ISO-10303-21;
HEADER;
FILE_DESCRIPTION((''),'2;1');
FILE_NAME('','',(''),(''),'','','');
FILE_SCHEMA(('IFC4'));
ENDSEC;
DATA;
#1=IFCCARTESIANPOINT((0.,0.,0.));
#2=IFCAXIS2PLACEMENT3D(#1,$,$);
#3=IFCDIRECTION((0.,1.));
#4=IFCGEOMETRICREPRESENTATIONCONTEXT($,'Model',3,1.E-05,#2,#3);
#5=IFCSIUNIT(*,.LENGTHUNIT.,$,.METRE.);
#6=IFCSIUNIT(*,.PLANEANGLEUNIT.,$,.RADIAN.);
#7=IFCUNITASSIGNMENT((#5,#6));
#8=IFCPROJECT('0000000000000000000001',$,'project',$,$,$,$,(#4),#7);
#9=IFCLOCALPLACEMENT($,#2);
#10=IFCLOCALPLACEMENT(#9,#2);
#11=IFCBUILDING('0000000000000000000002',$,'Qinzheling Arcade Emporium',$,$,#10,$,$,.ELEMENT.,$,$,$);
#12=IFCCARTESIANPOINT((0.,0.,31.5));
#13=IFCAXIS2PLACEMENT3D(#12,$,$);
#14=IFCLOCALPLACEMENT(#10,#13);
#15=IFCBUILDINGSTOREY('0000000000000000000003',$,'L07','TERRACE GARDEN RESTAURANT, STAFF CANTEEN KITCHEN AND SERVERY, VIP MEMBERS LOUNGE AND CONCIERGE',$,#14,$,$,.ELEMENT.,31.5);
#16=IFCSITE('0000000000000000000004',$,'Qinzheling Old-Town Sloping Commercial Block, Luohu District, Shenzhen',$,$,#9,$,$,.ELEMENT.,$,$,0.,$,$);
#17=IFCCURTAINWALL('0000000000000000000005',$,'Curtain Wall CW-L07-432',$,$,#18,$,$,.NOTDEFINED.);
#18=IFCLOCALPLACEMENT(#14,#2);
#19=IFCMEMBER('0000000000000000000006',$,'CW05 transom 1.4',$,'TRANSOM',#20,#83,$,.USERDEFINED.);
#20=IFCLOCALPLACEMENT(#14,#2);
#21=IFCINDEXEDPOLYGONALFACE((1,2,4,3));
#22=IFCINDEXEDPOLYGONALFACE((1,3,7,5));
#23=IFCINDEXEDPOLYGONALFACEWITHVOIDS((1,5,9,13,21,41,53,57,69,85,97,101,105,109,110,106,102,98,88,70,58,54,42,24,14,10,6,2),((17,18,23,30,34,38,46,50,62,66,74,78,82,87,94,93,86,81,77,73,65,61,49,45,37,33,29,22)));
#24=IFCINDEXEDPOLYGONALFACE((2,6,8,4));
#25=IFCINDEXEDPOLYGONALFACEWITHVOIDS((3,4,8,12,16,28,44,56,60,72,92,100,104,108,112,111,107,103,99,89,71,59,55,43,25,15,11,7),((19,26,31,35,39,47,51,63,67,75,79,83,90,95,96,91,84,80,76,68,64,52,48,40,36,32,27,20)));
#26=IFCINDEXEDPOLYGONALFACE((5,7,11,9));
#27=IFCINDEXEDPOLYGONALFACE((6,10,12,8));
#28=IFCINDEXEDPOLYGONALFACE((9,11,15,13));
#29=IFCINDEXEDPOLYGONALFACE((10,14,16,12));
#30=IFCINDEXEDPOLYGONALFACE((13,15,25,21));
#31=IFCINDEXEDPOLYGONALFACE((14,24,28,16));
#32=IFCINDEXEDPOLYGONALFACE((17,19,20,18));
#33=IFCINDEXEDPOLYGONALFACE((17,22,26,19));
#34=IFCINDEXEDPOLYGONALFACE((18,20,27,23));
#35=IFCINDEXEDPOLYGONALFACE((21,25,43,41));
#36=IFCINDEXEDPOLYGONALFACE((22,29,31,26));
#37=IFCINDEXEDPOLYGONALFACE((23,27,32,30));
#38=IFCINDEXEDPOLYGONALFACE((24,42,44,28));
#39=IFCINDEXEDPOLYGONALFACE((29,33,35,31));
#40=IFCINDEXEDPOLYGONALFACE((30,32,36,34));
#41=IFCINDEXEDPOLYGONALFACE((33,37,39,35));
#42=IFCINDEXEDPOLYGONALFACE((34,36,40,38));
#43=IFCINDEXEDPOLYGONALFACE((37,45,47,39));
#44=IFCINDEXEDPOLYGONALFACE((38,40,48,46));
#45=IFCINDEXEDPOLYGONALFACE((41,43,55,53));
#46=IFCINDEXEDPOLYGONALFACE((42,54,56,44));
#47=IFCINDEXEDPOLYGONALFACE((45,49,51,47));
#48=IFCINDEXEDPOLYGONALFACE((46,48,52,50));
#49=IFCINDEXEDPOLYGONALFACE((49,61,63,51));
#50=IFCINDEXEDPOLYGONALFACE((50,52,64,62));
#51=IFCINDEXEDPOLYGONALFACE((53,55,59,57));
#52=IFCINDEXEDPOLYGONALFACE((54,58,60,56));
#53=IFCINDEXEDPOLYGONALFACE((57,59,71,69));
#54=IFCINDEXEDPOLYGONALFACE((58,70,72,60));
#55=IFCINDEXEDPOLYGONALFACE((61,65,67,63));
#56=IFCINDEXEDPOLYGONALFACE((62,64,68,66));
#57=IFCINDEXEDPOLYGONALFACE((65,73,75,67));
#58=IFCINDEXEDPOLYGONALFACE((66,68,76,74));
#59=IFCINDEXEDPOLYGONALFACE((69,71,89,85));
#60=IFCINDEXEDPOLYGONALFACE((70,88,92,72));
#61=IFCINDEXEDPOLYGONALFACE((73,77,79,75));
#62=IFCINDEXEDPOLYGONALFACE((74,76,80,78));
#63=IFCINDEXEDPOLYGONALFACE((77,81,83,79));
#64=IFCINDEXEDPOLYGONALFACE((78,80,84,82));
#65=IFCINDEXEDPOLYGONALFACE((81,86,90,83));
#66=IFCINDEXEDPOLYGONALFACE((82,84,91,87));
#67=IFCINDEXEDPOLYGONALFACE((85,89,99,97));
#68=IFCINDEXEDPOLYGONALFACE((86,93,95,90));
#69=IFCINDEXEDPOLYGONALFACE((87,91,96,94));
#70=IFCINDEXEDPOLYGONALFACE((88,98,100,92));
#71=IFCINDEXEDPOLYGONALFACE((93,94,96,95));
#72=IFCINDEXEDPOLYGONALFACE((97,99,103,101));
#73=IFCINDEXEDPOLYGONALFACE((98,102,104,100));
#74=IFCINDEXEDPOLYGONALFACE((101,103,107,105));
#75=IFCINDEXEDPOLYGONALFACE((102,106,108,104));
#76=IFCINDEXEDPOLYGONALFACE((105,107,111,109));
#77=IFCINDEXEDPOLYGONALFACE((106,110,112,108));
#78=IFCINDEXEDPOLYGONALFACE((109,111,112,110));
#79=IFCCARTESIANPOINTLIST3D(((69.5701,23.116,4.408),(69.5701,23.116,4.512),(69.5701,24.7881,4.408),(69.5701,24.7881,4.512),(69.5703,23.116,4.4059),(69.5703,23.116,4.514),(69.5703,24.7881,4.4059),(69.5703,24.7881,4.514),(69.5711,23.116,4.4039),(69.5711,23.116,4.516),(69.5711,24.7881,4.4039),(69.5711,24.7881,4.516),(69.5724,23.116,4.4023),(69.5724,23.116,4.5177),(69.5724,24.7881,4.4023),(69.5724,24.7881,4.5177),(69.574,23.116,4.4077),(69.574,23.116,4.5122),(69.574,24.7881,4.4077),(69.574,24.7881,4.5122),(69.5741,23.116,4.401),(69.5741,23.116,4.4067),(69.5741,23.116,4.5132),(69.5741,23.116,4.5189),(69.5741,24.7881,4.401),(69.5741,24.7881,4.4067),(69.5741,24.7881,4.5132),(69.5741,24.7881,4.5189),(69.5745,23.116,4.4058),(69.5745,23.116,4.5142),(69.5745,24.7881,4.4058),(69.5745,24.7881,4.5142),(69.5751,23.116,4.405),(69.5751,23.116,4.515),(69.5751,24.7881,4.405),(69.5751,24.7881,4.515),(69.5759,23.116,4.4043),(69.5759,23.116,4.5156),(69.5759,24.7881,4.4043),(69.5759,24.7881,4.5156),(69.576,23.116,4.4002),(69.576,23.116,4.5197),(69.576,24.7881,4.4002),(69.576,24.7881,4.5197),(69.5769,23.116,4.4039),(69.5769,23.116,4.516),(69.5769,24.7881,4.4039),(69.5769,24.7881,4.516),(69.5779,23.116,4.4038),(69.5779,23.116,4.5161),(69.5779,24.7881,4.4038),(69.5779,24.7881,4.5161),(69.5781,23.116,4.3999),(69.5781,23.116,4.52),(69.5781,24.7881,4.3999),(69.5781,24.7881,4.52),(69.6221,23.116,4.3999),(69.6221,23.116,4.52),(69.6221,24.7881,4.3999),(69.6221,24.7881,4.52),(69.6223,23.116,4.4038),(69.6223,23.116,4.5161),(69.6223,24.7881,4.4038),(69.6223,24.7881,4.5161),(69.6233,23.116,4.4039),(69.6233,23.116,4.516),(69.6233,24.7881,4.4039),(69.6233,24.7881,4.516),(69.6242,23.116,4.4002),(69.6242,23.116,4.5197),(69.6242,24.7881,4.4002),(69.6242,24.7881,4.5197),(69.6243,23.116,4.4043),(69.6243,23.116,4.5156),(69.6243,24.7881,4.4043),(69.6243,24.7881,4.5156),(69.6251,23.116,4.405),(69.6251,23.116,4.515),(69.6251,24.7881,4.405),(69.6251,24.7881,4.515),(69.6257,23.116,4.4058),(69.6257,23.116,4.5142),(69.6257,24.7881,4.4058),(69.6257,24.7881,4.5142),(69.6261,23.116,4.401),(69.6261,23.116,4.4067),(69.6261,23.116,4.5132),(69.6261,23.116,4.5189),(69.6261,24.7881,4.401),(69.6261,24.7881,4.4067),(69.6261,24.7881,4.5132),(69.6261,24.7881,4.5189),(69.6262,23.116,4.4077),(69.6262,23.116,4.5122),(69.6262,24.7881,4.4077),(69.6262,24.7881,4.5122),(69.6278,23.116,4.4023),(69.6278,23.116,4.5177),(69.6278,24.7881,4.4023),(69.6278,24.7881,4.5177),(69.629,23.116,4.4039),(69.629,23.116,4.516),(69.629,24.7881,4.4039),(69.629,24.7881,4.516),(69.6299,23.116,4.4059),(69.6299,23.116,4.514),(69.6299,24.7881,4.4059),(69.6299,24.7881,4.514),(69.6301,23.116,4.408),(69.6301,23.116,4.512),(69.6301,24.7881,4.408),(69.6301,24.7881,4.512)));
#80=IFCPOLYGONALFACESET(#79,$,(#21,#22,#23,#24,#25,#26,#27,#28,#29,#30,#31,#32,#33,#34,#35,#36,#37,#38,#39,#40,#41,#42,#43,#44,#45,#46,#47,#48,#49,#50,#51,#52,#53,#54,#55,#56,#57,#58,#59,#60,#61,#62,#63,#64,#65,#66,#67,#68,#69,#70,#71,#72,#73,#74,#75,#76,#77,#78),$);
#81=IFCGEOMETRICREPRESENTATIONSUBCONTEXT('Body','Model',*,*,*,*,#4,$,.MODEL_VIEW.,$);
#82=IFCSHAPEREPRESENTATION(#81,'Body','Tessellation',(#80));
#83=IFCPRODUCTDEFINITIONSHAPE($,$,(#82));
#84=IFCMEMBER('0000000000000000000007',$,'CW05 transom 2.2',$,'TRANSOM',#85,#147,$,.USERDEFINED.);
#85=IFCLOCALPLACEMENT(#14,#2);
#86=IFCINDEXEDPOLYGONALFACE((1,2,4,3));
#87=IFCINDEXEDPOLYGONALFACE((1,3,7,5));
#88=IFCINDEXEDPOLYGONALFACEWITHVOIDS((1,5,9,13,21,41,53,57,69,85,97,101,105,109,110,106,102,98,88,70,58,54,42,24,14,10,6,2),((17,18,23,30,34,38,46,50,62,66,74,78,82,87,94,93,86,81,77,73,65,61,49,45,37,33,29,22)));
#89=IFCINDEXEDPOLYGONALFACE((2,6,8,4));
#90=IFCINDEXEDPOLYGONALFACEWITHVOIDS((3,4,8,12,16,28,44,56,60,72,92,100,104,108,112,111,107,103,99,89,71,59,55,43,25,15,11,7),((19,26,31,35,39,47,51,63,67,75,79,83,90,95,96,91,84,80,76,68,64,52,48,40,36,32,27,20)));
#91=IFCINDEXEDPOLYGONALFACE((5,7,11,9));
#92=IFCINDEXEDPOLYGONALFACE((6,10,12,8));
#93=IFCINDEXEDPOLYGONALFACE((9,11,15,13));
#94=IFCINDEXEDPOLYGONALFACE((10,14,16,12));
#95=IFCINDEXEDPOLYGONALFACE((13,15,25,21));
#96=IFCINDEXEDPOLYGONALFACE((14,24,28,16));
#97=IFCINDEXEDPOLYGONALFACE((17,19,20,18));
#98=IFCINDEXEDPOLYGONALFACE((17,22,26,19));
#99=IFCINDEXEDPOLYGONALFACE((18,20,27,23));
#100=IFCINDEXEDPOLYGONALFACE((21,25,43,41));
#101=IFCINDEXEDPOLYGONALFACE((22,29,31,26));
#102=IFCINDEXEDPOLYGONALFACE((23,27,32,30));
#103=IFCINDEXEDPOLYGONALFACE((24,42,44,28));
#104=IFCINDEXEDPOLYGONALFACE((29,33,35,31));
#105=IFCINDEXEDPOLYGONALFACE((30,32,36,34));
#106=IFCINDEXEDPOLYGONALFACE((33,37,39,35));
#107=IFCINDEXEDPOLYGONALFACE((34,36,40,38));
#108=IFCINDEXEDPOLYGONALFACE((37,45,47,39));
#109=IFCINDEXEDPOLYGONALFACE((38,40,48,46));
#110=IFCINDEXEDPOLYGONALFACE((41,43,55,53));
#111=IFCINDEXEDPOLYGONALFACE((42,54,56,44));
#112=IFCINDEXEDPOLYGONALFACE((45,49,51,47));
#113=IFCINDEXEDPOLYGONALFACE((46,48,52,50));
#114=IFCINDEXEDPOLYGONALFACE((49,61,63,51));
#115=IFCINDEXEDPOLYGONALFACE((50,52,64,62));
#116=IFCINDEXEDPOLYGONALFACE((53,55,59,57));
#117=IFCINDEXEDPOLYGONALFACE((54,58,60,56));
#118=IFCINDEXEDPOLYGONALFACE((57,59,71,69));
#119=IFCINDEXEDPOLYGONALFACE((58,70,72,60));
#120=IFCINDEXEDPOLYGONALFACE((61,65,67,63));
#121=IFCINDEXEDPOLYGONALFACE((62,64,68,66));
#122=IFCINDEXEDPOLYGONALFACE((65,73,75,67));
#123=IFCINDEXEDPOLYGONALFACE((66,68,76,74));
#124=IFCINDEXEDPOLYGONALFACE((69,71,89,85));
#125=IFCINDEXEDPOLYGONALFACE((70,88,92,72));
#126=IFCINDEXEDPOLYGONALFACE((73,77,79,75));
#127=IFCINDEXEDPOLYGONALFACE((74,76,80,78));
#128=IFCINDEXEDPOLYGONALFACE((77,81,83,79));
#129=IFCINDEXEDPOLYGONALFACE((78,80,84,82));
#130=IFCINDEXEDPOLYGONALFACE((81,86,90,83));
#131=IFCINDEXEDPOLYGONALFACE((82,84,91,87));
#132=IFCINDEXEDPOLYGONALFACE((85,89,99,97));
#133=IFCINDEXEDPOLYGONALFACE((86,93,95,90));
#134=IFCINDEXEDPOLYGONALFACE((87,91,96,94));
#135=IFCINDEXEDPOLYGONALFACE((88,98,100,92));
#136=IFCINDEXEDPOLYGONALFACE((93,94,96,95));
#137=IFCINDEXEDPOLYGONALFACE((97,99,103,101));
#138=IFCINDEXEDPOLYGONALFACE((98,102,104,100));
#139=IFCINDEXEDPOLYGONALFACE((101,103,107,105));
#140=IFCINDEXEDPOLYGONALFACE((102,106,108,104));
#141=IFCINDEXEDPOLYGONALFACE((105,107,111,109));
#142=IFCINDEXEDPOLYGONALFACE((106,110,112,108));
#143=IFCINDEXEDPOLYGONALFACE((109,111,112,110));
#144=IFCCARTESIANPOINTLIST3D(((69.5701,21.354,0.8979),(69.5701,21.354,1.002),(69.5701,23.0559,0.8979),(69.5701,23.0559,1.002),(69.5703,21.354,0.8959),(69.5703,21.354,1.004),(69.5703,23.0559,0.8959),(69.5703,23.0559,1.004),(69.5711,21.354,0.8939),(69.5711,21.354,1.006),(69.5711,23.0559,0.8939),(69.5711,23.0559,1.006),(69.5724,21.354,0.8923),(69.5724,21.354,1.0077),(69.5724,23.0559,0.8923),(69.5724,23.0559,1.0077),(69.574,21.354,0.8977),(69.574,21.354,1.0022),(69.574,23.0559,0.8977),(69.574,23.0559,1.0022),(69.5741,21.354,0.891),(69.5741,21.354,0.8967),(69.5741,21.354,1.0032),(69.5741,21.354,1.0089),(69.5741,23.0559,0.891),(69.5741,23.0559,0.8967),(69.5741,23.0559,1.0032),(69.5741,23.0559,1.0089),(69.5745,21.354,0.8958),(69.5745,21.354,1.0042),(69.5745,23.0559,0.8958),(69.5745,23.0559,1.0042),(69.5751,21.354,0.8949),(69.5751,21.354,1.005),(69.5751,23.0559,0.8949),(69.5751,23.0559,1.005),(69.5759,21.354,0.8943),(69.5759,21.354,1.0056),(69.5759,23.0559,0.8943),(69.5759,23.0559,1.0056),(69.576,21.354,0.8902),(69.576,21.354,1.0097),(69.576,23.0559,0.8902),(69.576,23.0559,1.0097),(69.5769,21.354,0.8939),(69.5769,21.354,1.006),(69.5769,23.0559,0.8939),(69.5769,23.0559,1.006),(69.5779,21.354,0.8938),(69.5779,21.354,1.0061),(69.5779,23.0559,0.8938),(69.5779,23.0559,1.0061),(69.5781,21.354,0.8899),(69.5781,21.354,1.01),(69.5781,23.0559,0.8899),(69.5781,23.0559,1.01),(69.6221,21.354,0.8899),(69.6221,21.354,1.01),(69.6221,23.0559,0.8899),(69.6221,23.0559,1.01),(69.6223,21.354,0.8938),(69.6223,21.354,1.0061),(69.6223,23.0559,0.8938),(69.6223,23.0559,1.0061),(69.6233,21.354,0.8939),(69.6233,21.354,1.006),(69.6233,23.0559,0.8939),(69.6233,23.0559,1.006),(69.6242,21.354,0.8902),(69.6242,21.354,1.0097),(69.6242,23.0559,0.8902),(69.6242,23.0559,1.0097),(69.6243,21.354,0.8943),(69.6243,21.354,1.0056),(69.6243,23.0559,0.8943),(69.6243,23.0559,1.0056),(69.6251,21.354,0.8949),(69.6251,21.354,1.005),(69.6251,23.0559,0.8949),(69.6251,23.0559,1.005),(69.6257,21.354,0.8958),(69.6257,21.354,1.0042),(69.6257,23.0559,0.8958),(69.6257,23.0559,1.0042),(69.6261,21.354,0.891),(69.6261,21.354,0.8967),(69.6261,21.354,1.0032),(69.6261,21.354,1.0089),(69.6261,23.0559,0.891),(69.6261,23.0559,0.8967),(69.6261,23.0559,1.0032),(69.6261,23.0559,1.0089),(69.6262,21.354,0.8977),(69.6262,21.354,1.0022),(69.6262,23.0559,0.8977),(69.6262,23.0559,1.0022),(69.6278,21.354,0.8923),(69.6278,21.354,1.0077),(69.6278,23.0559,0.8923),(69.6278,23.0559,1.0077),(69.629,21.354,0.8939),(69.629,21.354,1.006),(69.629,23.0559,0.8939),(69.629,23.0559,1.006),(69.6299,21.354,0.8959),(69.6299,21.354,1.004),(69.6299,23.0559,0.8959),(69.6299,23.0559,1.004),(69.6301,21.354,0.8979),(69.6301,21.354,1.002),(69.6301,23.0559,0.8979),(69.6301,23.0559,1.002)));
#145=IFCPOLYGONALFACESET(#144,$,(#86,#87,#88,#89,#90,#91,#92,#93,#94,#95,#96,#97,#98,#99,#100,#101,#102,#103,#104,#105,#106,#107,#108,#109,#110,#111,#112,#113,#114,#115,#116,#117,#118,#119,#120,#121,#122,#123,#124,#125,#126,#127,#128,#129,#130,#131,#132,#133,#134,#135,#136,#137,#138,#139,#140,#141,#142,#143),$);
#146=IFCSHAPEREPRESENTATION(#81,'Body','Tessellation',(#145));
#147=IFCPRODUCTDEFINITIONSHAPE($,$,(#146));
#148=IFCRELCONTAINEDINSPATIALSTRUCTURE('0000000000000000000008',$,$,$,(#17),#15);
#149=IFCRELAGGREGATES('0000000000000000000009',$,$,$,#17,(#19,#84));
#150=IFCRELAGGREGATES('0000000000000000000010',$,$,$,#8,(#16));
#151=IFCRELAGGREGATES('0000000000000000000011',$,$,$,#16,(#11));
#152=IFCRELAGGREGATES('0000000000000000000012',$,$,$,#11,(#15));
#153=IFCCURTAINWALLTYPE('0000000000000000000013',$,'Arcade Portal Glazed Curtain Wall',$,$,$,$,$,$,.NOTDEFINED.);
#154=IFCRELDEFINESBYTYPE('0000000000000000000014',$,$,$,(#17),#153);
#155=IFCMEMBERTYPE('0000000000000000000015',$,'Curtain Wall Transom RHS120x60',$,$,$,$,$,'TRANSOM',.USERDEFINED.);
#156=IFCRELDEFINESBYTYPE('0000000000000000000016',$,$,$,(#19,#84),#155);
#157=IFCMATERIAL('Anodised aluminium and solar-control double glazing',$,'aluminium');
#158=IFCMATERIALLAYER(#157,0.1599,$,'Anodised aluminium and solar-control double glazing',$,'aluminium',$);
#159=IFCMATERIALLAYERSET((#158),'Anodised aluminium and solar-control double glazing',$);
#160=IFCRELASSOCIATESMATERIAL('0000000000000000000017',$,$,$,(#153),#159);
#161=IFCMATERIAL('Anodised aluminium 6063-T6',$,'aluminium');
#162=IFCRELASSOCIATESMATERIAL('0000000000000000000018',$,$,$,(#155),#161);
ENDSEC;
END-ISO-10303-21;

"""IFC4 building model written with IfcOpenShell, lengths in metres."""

from ifc_helpers import new_model, si_unit, direction, frame, origin, origin_2d, place, context, subcontext, project, spatial, hollow_rectangle, extrude, material, layer, layer_set, material_profile, profile_set, type_object, element, aggregate, save


model = new_model("IFC4")

# Units and contexts
model_context = context("Model", 3, precision=1e-05, world=origin(), true_north=direction((0.0, 1.0)))
body_context = subcontext(model_context, "Body", "Model", "MODEL_VIEW")
ifc_project = project(units=[si_unit("LENGTHUNIT", "METRE"), si_unit("PLANEANGLEUNIT", "RADIAN")], contexts=[model_context])

# Site, building, storey
site_placement = place(None, origin())
site = spatial("IfcSite", under=ifc_project, at=site_placement, Name="Qinzheling Old-Town Sloping Commercial Block, Luohu District, Shenzhen", CompositionType="ELEMENT", RefElevation=0.0)
building_placement = place(site_placement, origin())
building = spatial("IfcBuilding", under=site, at=building_placement, Name="Qinzheling Arcade Emporium", CompositionType="ELEMENT")
storey_placement = place(building_placement, frame((0.0, 0.0, 31.5)))
storey = spatial("IfcBuildingStorey", under=building, at=storey_placement, Name="L07", Description="TERRACE GARDEN RESTAURANT, STAFF CANTEEN KITCHEN AND SERVERY, VIP MEMBERS LOUNGE AND CONCIERGE", CompositionType="ELEMENT", Elevation=31.5)

# Shared definitions
ifc_material_1 = material(Name="Anodised aluminium and solar-control double glazing", Category="aluminium")
ifc_layer_1 = layer(ifc_material_1, 0.1599, Name="Anodised aluminium and solar-control double glazing", Category="aluminium")
ifc_layer_set_1 = layer_set([ifc_layer_1], Name="Anodised aluminium and solar-control double glazing")
curtain_wall_type = type_object("IfcCurtainWallType", Name="Arcade Portal Glazed Curtain Wall", PredefinedType="NOTDEFINED", material=ifc_layer_set_1)
ifc_material_2 = material(Name="Anodised aluminium 6063-T6", Category="aluminium")

# Curtain wall
curtain_wall_1_placement = place(storey_placement, origin())
curtain_wall_1 = element("IfcCurtainWall", 1, at=curtain_wall_1_placement, inside=storey, type_object=curtain_wall_type, Name="Curtain Wall CW-L07-432", PredefinedType="NOTDEFINED")

# Members
ifc_material_profile_1 = material_profile(ifc_material_2, hollow_rectangle(XDim=0.0601, YDim=0.1201, WallThickness=0.0039, InnerFilletRadius=0.0039, OuterFilletRadius=0.0081, at=origin_2d()), Name="RHS 120x60x4", Category="aluminium")
ifc_profile_set_1 = profile_set([ifc_material_profile_1], Name="Anodised aluminium 6063-T6")
member_type_1 = type_object("IfcMemberType", Name="Curtain Wall Transom RHS120x60", ElementType="TRANSOM", PredefinedType="USERDEFINED", material=ifc_profile_set_1)
member_1_placement = place(storey_placement, frame((69.6001, 24.7881, 4.46), z_axis=(0.0, -1.0, 0.0), x_axis=(1.0, 0.0, 0.0)))
member_1 = element("IfcMember", 2, at=member_1_placement, type_object=member_type_1, Name="CW05 transom 1.4", ObjectType="TRANSOM", PredefinedType="USERDEFINED", context=body_context, shape_type="SweptSolid", body=[
    extrude(hollow_rectangle(XDim=0.0601, YDim=0.1201, WallThickness=0.0039, InnerFilletRadius=0.0039, OuterFilletRadius=0.0081, at=origin_2d()), origin(), (0.0, 0.0, 1.0), 1.6721),
])
member_2_placement = place(storey_placement, frame((69.6001, 23.0559, 0.95), z_axis=(0.0, -1.0, 0.0), x_axis=(1.0, 0.0, 0.0)))
member_2 = element("IfcMember", 3, at=member_2_placement, type_object=member_type_1, Name="CW05 transom 2.2", ObjectType="TRANSOM", PredefinedType="USERDEFINED", context=body_context, shape_type="SweptSolid", body=[
    extrude(hollow_rectangle(XDim=0.0601, YDim=0.1201, WallThickness=0.0039, InnerFilletRadius=0.0039, OuterFilletRadius=0.0081, at=origin_2d()), origin(), (0.0, 0.0, 1.0), 1.7019),
])

aggregate(curtain_wall_1, [member_1, member_2])

save(model, "model.ifc")
